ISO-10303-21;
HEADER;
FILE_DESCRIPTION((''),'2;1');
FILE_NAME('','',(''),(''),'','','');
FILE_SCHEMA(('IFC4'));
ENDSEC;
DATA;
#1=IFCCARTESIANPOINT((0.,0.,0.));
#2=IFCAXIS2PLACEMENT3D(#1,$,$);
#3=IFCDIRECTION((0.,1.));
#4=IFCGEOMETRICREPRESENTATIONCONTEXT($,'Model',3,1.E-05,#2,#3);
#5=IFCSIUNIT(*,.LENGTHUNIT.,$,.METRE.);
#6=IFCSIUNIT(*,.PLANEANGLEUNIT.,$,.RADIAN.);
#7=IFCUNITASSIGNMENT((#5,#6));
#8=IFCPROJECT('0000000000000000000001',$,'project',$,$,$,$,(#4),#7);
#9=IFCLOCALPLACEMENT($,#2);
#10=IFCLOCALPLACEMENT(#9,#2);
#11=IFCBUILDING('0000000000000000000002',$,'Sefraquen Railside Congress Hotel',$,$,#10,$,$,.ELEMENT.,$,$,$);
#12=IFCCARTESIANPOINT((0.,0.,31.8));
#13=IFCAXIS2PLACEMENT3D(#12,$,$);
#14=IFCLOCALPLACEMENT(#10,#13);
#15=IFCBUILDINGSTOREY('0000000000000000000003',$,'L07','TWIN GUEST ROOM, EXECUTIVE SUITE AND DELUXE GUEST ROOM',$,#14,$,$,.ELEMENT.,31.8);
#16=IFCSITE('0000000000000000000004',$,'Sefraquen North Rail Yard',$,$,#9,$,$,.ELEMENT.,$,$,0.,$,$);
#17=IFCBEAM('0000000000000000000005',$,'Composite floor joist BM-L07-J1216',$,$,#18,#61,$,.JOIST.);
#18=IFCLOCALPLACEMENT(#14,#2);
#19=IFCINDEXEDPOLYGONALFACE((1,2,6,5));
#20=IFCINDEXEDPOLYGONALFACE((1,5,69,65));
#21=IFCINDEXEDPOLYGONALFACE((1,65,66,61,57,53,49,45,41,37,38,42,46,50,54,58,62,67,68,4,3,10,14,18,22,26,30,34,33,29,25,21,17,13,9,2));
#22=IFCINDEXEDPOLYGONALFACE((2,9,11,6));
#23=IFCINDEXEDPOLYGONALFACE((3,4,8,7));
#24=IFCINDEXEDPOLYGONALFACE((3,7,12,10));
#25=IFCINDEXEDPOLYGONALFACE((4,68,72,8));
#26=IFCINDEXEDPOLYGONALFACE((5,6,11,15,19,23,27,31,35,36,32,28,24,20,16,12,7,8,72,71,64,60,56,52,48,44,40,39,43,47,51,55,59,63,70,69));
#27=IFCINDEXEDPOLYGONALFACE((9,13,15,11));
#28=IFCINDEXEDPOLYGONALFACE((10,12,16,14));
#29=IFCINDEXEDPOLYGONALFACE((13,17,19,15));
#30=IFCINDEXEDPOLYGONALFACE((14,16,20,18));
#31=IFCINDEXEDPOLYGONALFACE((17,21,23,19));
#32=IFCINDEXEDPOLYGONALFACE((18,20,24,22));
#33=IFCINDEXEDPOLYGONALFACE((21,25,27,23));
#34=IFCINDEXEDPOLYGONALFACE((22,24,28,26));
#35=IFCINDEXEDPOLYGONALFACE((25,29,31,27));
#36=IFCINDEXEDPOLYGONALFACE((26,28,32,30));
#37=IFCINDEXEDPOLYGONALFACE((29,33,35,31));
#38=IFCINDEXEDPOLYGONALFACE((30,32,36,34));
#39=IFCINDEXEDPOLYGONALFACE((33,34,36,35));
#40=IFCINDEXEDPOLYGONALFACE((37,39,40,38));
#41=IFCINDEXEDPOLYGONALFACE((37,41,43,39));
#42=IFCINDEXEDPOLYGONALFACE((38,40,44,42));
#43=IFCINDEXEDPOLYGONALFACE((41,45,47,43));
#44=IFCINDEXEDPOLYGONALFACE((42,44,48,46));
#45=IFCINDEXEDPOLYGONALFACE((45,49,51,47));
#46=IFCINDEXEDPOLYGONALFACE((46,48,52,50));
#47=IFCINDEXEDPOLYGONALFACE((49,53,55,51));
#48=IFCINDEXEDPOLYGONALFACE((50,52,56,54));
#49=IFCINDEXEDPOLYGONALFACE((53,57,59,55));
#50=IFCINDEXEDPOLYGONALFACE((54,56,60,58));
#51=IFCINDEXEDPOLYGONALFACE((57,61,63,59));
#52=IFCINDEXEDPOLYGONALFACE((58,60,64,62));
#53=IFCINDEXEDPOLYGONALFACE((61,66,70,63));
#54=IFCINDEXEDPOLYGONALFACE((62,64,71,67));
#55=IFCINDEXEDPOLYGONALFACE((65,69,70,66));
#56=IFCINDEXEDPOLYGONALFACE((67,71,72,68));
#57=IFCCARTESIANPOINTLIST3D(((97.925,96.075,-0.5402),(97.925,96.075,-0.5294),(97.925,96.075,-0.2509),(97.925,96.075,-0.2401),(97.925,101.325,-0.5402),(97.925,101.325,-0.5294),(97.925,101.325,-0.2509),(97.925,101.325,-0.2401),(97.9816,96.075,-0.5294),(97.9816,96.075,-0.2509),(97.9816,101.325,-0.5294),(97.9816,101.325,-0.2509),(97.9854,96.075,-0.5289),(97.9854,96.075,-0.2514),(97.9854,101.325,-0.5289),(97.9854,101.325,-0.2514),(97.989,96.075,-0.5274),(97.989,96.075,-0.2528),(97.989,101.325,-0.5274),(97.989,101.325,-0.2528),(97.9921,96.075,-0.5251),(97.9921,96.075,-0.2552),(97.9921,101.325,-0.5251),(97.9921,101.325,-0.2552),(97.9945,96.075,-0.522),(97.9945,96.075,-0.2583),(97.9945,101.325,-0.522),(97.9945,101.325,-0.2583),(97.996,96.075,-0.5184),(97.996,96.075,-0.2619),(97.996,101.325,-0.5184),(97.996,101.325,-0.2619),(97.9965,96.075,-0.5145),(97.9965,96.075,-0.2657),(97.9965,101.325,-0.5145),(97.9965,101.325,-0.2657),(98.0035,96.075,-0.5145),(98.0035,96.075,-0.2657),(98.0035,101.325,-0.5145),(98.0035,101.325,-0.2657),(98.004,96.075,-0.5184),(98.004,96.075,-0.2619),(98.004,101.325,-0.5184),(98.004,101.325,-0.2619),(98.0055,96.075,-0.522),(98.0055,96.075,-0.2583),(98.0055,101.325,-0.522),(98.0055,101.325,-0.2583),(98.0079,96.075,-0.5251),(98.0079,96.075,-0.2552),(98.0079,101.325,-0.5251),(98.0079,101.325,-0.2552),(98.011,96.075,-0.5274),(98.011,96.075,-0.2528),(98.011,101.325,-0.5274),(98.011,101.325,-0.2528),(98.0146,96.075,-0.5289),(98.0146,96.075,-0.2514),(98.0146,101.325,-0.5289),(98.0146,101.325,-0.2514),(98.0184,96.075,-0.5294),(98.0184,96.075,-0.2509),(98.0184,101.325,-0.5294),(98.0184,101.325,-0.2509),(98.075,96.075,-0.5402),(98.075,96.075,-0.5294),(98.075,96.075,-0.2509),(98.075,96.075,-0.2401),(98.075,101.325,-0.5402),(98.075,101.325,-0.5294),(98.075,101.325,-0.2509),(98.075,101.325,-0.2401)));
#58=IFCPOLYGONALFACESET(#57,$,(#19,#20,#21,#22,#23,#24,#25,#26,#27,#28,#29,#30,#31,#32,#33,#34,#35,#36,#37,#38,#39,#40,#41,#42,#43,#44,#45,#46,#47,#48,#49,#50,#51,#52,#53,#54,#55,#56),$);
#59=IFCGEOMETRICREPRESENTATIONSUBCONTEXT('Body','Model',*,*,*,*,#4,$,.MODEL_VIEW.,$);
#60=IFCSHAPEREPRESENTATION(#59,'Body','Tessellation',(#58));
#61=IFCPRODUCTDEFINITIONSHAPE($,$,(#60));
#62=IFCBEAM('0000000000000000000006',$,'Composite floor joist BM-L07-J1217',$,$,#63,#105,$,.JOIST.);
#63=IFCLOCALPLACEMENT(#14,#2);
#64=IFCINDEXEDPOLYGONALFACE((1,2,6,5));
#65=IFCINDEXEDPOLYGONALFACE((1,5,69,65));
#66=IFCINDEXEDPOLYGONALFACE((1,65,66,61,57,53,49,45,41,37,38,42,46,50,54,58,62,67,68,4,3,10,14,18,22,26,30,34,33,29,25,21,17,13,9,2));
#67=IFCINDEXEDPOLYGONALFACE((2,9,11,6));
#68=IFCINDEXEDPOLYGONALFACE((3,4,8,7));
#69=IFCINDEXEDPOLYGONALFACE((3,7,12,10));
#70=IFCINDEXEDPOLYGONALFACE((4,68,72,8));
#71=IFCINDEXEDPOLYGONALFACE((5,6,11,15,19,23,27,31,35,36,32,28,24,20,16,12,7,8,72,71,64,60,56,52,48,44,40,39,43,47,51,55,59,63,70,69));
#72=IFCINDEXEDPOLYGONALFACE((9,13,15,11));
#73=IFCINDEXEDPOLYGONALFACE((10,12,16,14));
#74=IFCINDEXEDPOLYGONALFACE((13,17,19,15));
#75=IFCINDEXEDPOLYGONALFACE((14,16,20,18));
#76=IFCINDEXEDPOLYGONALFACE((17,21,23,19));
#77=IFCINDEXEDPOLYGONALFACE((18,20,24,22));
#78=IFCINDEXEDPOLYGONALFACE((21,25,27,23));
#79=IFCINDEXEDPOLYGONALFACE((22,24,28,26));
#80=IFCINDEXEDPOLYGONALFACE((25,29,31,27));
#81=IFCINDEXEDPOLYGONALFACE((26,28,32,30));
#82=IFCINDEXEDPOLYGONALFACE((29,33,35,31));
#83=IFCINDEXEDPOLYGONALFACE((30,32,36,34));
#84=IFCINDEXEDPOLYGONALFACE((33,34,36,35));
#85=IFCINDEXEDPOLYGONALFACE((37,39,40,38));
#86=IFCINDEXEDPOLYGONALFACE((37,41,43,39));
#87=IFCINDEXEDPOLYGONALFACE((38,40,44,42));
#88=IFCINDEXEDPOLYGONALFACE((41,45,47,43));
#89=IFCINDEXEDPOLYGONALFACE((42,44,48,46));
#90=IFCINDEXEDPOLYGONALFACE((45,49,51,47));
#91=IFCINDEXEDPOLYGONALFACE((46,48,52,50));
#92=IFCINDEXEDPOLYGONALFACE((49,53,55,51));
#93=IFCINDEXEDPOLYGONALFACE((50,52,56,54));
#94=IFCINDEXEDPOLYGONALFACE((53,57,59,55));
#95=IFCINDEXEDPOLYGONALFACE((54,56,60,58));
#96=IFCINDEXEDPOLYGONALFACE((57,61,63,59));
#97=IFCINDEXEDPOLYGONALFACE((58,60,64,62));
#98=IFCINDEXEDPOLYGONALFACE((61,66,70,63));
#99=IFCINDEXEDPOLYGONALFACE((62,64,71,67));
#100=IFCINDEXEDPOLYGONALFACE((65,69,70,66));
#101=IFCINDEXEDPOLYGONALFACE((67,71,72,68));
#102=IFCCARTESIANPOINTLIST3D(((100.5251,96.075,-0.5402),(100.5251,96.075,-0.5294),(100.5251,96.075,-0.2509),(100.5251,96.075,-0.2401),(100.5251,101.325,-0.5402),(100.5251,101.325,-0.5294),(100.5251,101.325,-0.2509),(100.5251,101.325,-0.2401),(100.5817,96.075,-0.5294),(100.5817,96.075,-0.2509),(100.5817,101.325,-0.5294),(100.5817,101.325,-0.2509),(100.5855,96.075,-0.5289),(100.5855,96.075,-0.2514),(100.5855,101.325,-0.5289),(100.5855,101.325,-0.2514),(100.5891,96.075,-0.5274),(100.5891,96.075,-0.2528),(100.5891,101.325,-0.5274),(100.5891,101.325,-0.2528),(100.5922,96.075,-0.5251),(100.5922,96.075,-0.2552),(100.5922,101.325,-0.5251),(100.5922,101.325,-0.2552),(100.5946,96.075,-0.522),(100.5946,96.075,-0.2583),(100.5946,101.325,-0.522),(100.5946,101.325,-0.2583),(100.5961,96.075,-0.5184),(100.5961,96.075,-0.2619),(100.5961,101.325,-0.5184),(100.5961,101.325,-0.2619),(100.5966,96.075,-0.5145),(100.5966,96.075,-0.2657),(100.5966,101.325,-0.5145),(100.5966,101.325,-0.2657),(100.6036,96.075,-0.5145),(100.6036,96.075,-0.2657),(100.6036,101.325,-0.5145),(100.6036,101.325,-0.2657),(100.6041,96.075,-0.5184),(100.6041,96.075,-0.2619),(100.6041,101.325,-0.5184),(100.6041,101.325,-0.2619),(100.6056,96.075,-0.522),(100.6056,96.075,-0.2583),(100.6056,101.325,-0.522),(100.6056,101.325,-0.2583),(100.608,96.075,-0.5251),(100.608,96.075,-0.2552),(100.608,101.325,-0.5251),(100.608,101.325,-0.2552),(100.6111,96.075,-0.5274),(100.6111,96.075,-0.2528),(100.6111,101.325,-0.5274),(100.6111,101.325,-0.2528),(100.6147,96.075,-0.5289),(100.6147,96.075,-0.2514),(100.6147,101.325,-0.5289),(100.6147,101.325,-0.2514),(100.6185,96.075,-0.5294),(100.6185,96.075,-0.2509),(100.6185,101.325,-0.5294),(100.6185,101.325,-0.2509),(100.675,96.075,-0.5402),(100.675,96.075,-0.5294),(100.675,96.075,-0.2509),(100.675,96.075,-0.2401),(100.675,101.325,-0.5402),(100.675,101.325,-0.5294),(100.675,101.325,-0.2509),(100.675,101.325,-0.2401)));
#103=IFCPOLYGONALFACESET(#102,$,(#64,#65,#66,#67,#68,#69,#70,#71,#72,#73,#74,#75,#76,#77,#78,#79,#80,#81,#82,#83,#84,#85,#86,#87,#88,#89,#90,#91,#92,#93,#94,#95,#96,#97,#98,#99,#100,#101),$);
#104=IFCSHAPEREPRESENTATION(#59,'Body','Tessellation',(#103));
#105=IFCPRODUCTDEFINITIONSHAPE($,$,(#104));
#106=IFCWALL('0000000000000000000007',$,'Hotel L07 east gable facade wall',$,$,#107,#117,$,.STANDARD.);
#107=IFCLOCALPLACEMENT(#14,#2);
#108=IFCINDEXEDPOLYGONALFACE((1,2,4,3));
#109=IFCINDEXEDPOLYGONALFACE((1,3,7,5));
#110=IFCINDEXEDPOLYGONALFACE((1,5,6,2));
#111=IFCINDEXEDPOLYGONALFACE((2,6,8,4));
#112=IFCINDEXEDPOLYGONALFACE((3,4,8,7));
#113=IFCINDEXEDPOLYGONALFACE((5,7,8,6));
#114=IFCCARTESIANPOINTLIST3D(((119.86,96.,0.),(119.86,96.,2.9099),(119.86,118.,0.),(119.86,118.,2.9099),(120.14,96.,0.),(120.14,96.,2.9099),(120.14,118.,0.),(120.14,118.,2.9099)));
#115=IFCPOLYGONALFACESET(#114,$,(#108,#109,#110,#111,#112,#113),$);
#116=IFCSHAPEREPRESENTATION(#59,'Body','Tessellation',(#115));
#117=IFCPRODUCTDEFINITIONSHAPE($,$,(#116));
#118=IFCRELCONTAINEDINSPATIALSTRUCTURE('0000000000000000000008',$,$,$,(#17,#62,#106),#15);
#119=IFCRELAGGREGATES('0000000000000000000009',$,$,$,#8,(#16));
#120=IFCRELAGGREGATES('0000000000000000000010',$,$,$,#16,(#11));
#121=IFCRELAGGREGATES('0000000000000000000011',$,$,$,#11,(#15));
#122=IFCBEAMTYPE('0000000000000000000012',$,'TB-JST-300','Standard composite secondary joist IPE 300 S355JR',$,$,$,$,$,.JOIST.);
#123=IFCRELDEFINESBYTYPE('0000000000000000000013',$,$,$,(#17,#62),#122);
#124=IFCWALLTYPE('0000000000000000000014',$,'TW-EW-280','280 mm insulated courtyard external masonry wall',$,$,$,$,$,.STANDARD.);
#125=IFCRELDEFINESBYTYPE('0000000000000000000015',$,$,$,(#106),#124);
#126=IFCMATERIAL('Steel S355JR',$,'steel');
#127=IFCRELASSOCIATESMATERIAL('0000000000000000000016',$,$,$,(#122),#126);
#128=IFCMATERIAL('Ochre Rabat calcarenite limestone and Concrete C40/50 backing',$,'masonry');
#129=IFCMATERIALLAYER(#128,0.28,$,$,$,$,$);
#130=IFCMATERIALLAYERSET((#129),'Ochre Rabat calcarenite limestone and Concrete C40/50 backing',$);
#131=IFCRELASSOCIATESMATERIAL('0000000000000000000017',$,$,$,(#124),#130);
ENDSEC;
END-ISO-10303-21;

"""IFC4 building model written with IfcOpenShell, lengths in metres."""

from ifc_helpers import new_model, si_unit, direction, frame, frame_2d, origin, origin_2d, place, context, subcontext, project, spatial, rectangle, i_section, extrude, material, layer, layer_set, material_profile, profile_set, type_object, element, save


model = new_model("IFC4")

# Units and contexts
model_context = context("Model", 3, precision=1e-05, world=origin(), true_north=direction((0.0, 1.0)))
body_context = subcontext(model_context, "Body", "Model", "MODEL_VIEW")
ifc_project = project(units=[si_unit("LENGTHUNIT", "METRE"), si_unit("PLANEANGLEUNIT", "RADIAN")], contexts=[model_context])

# Site, building, storey
site_placement = place(None, origin())
site = spatial("IfcSite", under=ifc_project, at=site_placement, Name="Sefraquen North Rail Yard", CompositionType="ELEMENT", RefElevation=0.0)
building_placement = place(site_placement, origin())
building = spatial("IfcBuilding", under=site, at=building_placement, Name="Sefraquen Railside Congress Hotel", CompositionType="ELEMENT")
storey_placement = place(building_placement, frame((0.0, 0.0, 31.8)))
storey = spatial("IfcBuildingStorey", under=building, at=storey_placement, Name="L07", Description="TWIN GUEST ROOM, EXECUTIVE SUITE AND DELUXE GUEST ROOM", CompositionType="ELEMENT", Elevation=31.8)

# Shared definitions
ifc_material_1 = material(Name="Steel S355JR", Category="steel")

# Beams
ifc_material_profile_1 = material_profile(ifc_material_1, i_section(OverallWidth=0.1499, OverallDepth=0.3, WebThickness=0.0071, FlangeThickness=0.0107, FilletRadius=0.0149, at=origin_2d()), Name="IPE 300")
ifc_profile_set_1 = profile_set([ifc_material_profile_1], Name="Steel S355JR")
beam_type_1 = type_object("IfcBeamType", Name="TB-JST-300", Description="Standard composite secondary joist IPE 300 S355JR", PredefinedType="JOIST", material=ifc_profile_set_1)
for number, where, z_axis, x_axis, name in (
    (1, (98.0, 96.075, -0.3901), (0.0, 1.0, 0.0), (-1.0, 0.0, 0.0), "Composite floor joist BM-L07-J1216"),
    (2, (100.6001, 96.075, -0.3901), (0.0, 1.0, 0.0), (-1.0, 0.0, 0.0), "Composite floor joist BM-L07-J1217"),
):
    element("IfcBeam", number, at=place(storey_placement, frame(where, z_axis=z_axis, x_axis=x_axis)), inside=storey, type_object=beam_type_1, Name=name, PredefinedType="JOIST", context=body_context, shape_type="SweptSolid", body=[
        extrude(i_section(OverallWidth=0.1499, OverallDepth=0.3, WebThickness=0.0071, FlangeThickness=0.0107, FilletRadius=0.0149, at=origin_2d()), origin(), (0.0, 0.0, 1.0), 5.25),
    ])

# Wall
ifc_material_2 = material(Name="Ochre Rabat calcarenite limestone and Concrete C40/50 backing", Category="masonry")
ifc_layer = layer(ifc_material_2, 0.28)
ifc_layer_set = layer_set([ifc_layer], Name="Ochre Rabat calcarenite limestone and Concrete C40/50 backing")
wall_type = type_object("IfcWallType", Name="TW-EW-280", Description="280 mm insulated courtyard external masonry wall", PredefinedType="STANDARD", material=ifc_layer_set)
wall_placement = place(storey_placement, frame((120.0, 96.0, 0.0), z_axis=(0.0, 0.0, 1.0), x_axis=(0.0, 1.0, 0.0)))
element("IfcWall", 3, at=wall_placement, inside=storey, type_object=wall_type, Name="Hotel L07 east gable facade wall", PredefinedType="STANDARD", context=body_context, shape_type="SweptSolid", body=[
    extrude(rectangle(XDim=22.0, YDim=0.28, at=frame_2d((11.0, 0.0))), origin(), (0.0, 0.0, 1.0), 2.9099),
])

save(model, "model.ifc")
